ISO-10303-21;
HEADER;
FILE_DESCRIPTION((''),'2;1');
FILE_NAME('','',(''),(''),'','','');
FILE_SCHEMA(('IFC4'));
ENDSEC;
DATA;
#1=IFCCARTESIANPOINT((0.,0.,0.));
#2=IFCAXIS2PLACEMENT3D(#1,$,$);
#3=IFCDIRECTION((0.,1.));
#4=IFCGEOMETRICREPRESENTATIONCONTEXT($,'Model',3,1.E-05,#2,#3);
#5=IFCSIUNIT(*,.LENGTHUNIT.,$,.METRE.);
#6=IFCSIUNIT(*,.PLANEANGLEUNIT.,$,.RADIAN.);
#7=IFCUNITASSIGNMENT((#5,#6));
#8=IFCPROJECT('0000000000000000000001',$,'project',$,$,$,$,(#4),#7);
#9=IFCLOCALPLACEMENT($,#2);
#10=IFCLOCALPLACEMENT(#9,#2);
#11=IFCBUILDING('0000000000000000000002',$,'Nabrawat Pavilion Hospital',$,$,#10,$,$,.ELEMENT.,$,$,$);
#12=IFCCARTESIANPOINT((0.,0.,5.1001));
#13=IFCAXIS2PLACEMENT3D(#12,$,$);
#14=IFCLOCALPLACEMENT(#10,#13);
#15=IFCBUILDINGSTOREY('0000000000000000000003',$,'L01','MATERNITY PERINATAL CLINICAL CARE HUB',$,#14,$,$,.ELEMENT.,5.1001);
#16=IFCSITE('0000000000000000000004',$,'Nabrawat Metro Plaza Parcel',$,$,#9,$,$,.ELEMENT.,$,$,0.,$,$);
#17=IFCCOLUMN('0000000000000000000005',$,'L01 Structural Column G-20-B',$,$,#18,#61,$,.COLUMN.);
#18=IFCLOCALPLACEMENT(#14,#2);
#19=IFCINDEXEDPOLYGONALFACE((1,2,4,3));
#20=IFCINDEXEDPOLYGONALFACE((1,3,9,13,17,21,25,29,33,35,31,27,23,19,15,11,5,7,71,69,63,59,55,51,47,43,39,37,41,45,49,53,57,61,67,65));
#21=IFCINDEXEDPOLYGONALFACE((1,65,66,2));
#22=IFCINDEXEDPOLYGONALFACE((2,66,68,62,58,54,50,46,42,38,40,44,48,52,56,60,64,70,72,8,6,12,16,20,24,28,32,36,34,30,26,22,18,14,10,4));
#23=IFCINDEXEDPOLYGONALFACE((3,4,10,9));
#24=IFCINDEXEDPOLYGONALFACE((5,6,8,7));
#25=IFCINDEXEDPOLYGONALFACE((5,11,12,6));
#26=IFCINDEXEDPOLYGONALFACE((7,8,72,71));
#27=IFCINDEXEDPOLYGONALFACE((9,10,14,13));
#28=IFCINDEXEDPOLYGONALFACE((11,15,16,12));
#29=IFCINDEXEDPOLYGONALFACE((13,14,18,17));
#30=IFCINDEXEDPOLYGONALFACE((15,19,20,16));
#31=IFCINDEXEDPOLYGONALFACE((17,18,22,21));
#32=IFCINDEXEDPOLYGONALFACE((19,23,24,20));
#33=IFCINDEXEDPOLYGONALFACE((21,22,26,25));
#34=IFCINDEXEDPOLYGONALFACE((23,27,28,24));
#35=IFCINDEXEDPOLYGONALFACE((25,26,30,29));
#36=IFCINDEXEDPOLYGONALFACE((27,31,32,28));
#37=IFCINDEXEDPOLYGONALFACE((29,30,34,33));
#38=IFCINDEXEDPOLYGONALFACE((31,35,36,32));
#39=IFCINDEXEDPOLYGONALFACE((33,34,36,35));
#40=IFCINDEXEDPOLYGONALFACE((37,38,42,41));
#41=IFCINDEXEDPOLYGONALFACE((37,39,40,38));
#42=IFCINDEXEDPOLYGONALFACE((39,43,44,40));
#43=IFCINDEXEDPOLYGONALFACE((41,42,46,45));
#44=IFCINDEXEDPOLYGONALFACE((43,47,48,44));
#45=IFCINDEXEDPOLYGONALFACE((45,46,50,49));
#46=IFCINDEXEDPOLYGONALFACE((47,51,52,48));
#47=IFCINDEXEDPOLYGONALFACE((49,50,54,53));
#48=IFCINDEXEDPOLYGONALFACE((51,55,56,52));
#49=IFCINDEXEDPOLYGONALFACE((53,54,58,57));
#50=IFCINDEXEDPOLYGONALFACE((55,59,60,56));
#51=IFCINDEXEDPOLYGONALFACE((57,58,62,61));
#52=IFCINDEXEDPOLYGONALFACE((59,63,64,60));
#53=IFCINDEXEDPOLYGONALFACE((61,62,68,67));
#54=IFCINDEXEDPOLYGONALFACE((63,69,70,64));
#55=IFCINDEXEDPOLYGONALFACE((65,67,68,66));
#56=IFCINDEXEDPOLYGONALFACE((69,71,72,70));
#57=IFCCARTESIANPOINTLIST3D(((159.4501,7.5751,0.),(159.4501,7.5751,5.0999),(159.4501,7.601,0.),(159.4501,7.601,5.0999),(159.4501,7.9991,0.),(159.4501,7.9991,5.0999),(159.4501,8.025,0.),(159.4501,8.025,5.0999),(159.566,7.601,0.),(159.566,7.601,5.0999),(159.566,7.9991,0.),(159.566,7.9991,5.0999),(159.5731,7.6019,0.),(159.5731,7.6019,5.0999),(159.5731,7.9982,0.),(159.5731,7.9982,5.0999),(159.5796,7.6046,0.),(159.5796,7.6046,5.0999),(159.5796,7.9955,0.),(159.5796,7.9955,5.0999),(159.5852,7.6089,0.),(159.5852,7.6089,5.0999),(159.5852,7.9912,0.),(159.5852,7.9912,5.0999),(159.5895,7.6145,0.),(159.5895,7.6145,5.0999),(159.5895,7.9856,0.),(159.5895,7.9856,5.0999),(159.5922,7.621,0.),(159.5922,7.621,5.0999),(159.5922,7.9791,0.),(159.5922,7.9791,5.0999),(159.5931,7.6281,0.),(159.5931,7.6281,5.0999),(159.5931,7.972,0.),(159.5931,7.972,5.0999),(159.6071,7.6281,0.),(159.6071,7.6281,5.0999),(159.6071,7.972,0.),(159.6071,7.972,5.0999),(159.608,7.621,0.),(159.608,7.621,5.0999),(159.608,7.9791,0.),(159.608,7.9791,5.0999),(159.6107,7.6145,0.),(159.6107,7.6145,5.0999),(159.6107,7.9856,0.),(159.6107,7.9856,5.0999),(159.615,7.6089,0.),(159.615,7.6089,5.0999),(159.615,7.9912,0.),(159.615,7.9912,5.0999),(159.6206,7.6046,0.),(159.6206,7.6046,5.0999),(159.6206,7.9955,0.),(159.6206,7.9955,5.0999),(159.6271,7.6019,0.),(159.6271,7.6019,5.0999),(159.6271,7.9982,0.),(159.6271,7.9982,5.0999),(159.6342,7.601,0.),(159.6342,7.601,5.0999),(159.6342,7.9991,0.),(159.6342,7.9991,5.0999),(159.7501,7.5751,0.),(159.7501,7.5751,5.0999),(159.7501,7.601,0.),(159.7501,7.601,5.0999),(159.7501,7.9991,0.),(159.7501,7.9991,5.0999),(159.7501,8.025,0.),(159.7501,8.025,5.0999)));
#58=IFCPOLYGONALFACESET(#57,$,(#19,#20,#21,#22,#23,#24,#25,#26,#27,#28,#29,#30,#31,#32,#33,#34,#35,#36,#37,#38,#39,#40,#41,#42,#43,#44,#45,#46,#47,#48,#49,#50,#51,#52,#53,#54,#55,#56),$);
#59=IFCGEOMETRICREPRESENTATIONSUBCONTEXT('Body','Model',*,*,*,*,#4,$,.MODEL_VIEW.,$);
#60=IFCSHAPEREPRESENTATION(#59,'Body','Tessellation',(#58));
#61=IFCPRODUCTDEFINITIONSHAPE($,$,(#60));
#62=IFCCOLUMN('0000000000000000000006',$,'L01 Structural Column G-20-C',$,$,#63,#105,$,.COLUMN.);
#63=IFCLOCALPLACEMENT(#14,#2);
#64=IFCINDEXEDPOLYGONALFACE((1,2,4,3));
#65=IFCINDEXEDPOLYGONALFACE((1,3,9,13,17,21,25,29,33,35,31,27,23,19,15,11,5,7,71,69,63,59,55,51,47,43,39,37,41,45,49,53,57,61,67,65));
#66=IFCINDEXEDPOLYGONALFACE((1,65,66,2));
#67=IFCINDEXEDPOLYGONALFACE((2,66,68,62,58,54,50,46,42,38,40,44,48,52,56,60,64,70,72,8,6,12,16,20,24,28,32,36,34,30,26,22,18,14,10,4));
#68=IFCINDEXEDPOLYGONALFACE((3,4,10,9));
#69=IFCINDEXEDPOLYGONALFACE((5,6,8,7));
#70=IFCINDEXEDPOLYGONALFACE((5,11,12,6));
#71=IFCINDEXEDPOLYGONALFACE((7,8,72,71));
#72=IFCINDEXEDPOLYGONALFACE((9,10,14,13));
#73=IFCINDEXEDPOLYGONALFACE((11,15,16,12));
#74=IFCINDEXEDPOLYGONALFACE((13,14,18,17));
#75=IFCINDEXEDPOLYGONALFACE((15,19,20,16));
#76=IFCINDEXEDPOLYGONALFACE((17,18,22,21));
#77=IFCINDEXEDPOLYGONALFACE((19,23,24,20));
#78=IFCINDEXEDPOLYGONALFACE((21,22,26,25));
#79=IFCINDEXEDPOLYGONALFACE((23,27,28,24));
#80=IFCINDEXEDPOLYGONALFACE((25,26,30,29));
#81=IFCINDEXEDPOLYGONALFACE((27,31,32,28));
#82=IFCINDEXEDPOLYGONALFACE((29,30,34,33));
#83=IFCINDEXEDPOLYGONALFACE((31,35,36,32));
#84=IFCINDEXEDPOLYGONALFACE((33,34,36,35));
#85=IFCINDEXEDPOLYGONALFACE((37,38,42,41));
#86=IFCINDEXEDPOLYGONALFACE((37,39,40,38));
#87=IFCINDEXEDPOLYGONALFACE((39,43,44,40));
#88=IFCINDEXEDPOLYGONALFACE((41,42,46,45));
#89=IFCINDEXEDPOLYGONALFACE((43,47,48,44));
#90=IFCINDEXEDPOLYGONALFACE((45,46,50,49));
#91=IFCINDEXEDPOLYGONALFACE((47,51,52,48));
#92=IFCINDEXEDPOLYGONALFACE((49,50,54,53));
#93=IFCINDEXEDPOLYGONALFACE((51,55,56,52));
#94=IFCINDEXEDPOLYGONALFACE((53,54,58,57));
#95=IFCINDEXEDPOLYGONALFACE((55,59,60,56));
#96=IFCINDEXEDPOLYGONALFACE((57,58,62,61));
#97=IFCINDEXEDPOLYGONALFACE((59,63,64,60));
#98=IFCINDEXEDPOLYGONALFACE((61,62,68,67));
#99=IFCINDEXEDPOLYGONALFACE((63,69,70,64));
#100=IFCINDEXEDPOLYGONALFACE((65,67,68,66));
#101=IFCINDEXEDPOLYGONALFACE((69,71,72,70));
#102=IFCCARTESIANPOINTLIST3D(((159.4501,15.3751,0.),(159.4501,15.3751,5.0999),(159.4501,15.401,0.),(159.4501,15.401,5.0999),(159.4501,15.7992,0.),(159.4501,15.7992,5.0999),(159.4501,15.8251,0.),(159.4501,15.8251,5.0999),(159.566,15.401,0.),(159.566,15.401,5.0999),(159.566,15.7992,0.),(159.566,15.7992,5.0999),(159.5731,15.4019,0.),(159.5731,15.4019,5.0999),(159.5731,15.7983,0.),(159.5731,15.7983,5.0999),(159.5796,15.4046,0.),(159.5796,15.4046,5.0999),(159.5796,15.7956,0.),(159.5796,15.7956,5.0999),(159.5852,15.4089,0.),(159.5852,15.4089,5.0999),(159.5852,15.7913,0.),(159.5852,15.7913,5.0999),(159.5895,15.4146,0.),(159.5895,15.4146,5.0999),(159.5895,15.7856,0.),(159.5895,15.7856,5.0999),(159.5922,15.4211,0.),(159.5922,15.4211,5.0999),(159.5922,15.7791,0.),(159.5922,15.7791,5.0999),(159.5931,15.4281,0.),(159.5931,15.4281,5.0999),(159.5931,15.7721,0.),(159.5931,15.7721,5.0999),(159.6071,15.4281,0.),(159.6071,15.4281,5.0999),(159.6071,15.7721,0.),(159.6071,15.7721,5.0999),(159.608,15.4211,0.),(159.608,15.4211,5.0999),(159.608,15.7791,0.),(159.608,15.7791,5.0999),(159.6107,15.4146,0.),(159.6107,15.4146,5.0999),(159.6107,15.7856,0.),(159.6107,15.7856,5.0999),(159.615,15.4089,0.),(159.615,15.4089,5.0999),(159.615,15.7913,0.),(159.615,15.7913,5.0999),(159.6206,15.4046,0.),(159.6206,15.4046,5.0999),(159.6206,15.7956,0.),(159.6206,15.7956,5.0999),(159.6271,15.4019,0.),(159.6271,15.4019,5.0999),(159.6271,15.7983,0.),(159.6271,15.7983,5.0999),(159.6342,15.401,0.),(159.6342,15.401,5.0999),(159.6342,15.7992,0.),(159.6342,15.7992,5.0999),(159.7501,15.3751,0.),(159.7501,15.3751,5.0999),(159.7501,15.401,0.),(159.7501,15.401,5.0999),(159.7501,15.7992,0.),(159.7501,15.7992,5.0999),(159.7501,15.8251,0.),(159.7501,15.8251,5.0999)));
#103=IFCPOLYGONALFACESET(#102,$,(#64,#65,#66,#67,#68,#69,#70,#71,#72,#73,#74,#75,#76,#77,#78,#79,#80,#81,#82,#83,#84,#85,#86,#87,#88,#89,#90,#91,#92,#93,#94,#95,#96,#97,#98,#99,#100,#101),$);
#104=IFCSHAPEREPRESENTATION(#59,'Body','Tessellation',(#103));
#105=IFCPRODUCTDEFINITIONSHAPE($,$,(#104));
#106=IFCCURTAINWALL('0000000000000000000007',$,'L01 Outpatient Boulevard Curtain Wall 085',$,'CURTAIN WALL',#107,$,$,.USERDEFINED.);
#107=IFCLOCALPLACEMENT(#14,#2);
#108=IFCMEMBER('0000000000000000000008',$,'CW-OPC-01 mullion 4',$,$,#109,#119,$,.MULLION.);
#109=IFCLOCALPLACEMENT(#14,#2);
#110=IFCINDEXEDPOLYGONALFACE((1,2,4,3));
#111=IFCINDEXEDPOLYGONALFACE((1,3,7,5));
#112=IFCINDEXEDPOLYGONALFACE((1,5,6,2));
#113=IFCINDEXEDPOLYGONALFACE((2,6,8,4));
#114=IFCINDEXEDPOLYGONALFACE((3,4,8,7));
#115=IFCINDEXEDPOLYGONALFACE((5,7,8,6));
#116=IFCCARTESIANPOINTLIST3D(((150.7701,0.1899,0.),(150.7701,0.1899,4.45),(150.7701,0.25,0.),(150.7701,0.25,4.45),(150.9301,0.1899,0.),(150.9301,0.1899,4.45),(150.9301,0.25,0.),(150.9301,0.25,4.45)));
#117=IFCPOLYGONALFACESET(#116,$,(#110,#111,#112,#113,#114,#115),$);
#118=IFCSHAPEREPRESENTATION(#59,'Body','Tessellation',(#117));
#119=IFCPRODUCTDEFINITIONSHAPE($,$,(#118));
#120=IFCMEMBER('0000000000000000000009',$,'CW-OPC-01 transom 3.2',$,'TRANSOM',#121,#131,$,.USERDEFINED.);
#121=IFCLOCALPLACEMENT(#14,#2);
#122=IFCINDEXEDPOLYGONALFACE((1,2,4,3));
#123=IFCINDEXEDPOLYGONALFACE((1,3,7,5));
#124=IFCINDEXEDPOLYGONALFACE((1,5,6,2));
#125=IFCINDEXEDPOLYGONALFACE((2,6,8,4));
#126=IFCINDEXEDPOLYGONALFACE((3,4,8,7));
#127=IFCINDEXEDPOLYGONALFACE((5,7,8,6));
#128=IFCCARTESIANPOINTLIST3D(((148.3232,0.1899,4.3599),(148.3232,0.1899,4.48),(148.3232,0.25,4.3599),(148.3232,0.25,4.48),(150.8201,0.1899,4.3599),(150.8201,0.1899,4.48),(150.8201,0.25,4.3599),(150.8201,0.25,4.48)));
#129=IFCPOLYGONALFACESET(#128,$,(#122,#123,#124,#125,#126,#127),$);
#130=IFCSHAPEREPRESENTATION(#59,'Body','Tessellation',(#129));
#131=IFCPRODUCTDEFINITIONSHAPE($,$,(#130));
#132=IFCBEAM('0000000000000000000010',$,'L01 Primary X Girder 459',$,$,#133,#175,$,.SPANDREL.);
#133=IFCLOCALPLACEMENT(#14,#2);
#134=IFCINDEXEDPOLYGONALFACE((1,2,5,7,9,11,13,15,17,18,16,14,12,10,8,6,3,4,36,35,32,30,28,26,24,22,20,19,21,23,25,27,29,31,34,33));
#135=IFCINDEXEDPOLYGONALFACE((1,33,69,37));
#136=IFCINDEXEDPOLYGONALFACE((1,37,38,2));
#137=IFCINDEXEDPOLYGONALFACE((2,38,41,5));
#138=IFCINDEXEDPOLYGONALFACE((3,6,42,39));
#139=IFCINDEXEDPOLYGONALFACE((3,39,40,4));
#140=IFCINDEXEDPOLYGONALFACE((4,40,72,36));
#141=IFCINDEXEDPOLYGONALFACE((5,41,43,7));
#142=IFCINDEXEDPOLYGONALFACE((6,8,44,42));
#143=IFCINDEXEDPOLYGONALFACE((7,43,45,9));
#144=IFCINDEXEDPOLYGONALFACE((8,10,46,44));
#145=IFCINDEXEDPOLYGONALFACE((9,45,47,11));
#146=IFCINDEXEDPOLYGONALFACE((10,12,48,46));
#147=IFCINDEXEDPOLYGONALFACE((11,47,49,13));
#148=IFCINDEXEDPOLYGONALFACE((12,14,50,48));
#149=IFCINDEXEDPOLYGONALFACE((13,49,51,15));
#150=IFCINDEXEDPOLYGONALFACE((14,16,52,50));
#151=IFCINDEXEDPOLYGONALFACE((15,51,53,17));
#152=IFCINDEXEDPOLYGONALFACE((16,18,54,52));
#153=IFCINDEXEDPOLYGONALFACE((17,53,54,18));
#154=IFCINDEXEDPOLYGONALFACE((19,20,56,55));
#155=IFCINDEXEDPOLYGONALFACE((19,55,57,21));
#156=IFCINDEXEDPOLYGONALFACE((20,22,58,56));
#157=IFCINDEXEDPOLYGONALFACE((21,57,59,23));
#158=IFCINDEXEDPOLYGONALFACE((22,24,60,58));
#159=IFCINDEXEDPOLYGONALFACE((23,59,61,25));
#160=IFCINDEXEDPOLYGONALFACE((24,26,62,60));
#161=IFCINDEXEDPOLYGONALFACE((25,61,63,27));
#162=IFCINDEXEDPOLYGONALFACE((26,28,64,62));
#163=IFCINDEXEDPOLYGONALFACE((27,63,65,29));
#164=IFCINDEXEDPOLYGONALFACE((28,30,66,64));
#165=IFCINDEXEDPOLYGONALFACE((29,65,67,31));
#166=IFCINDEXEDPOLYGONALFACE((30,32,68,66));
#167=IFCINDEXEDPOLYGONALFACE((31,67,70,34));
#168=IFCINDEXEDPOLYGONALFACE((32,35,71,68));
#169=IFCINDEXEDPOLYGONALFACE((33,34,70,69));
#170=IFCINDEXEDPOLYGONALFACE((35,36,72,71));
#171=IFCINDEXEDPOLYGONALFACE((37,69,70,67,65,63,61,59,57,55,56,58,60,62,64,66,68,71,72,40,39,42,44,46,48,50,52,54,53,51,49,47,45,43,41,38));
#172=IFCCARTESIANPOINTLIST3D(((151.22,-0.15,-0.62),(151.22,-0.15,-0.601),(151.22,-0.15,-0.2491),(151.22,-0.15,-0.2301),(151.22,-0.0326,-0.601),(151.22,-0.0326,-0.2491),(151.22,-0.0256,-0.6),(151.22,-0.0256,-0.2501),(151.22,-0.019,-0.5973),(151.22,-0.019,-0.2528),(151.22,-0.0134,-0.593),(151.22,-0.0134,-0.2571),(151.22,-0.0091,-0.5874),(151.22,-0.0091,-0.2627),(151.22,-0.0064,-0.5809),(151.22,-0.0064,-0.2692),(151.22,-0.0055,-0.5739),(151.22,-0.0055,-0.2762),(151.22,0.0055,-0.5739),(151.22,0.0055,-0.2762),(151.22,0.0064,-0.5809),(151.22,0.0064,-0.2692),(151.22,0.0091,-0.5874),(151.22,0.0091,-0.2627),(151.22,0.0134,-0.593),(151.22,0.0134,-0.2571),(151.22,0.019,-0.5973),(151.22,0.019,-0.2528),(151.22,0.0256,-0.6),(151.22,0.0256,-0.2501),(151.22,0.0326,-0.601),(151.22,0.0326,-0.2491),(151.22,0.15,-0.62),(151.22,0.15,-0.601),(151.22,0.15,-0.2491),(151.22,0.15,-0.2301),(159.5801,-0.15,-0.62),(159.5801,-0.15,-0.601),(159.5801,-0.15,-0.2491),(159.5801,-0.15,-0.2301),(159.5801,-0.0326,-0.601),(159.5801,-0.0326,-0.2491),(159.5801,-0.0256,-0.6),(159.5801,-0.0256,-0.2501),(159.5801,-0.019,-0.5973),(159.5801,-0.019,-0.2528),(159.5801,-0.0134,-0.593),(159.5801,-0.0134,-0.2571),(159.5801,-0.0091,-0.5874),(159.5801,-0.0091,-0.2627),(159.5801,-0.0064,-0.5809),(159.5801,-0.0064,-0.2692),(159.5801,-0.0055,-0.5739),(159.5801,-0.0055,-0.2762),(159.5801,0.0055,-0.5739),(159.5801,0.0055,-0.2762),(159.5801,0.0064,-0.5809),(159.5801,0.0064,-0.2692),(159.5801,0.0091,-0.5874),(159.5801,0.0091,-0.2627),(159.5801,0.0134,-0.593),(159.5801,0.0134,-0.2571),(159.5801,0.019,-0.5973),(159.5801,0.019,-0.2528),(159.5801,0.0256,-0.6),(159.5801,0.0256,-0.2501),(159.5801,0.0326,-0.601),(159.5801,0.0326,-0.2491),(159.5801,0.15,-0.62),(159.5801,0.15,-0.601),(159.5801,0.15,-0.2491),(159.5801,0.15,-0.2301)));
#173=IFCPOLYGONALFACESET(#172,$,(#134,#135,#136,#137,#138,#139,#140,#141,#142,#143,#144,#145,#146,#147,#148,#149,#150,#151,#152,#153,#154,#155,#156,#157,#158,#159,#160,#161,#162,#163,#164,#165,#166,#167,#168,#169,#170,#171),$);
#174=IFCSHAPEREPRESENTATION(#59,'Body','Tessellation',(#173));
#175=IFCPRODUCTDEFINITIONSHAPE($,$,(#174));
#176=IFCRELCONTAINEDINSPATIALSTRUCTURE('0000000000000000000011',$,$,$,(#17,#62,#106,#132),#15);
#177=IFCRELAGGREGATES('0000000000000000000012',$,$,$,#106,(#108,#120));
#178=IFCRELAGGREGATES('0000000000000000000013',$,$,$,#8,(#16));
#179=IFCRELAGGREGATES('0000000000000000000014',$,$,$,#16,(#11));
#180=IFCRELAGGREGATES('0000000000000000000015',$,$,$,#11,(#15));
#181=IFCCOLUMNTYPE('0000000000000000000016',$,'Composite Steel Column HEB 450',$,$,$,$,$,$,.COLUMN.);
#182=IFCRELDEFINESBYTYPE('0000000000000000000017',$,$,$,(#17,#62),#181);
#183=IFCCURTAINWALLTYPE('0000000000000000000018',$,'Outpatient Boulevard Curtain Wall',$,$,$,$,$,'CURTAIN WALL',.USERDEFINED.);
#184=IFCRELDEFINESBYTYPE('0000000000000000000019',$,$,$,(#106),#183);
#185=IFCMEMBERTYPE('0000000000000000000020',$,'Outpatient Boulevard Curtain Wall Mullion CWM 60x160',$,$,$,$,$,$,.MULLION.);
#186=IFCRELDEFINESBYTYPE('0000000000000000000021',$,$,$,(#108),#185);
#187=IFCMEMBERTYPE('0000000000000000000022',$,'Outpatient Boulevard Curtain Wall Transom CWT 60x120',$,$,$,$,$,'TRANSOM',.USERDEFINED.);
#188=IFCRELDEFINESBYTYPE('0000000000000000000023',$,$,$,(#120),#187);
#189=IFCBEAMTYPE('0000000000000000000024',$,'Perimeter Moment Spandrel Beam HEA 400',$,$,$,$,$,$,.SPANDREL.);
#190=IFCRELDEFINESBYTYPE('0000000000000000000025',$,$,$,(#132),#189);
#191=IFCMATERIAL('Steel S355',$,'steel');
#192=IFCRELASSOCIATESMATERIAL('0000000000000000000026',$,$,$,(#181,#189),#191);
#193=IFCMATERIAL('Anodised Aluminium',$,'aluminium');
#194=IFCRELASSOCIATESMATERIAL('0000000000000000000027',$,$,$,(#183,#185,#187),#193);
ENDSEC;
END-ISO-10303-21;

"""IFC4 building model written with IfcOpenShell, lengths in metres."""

from ifc_helpers import new_model, si_unit, direction, frame, origin, origin_2d, place, context, subcontext, project, spatial, rectangle, i_section, extrude, material, material_profile, profile_set, type_object, element, aggregate, save


model = new_model("IFC4")

# Units and contexts
model_context = context("Model", 3, precision=1e-05, world=origin(), true_north=direction((0.0, 1.0)))
body_context = subcontext(model_context, "Body", "Model", "MODEL_VIEW")
ifc_project = project(units=[si_unit("LENGTHUNIT", "METRE"), si_unit("PLANEANGLEUNIT", "RADIAN")], contexts=[model_context])

# Site, building, storey
site_placement = place(None, origin())
site = spatial("IfcSite", under=ifc_project, at=site_placement, Name="Nabrawat Metro Plaza Parcel", CompositionType="ELEMENT", RefElevation=0.0)
building_placement = place(site_placement, origin())
building = spatial("IfcBuilding", under=site, at=building_placement, Name="Nabrawat Pavilion Hospital", CompositionType="ELEMENT")
storey_placement = place(building_placement, frame((0.0, 0.0, 5.1001)))
storey = spatial("IfcBuildingStorey", under=building, at=storey_placement, Name="L01", Description="MATERNITY PERINATAL CLINICAL CARE HUB", CompositionType="ELEMENT", Elevation=5.1001)

# Columns
ifc_material_1 = material(Name="Steel S355", Category="steel")
ifc_material_profile_1 = material_profile(ifc_material_1, i_section(OverallWidth=0.3, OverallDepth=0.45, WebThickness=0.0139, FlangeThickness=0.0259, FilletRadius=0.0271, at=origin_2d()), Name="HEB 450")
ifc_profile_set_1 = profile_set([ifc_material_profile_1], Name="Steel S355")
column_type = type_object("IfcColumnType", Name="Composite Steel Column HEB 450", PredefinedType="COLUMN", material=ifc_profile_set_1)
for number, where, z_axis, x_axis, name in (
    (1, (159.6001, 7.8, 0.0), (0.0, 0.0, 1.0), (1.0, 0.0, 0.0), "L01 Structural Column G-20-B"),
    (2, (159.6001, 15.6001, 0.0), (0.0, 0.0, 1.0), (1.0, 0.0, 0.0), "L01 Structural Column G-20-C"),
):
    element("IfcColumn", number, at=place(storey_placement, frame(where, z_axis=z_axis, x_axis=x_axis)), inside=storey, type_object=column_type, Name=name, PredefinedType="COLUMN", context=body_context, shape_type="SweptSolid", body=[
        extrude(i_section(OverallWidth=0.3, OverallDepth=0.45, WebThickness=0.0139, FlangeThickness=0.0259, FilletRadius=0.0271, at=origin_2d()), origin(), (0.0, 0.0, 1.0), 5.0999),
    ])

# Curtain wall, members
ifc_material_2 = material(Name="Anodised Aluminium", Category="aluminium")
curtain_wall_type = type_object("IfcCurtainWallType", Name="Outpatient Boulevard Curtain Wall", ElementType="CURTAIN WALL", PredefinedType="USERDEFINED", material=ifc_material_2)
curtain_wall_placement = place(storey_placement, origin())
curtain_wall = element("IfcCurtainWall", 3, at=curtain_wall_placement, inside=storey, type_object=curtain_wall_type, Name="L01 Outpatient Boulevard Curtain Wall 085", ObjectType="CURTAIN WALL", PredefinedType="USERDEFINED")
ifc_material_profile_2 = material_profile(ifc_material_2, rectangle(XDim=0.0601, YDim=0.1599, at=origin_2d()), Name="CWM 60x160")
ifc_profile_set_2 = profile_set([ifc_material_profile_2], Name="Anodised Aluminium")
member_type_1 = type_object("IfcMemberType", Name="Outpatient Boulevard Curtain Wall Mullion CWM 60x160", PredefinedType="MULLION", material=ifc_profile_set_2)
member_1_placement = place(storey_placement, frame((150.8501, 0.22, 0.0), z_axis=(0.0, 0.0, 1.0), x_axis=(0.0, 1.0, 0.0)))
member_1 = element("IfcMember", 4, at=member_1_placement, type_object=member_type_1, Name="CW-OPC-01 mullion 4", PredefinedType="MULLION", context=body_context, shape_type="SweptSolid", body=[
    extrude(rectangle(XDim=0.0601, YDim=0.1599, at=origin_2d()), origin(), (0.0, 0.0, 1.0), 4.45),
])
ifc_material_profile_3 = material_profile(ifc_material_2, rectangle(XDim=0.0601, YDim=0.1201, at=origin_2d()), Name="CWT 60x120")
ifc_profile_set_3 = profile_set([ifc_material_profile_3], Name="Anodised Aluminium")
member_type_2 = type_object("IfcMemberType", Name="Outpatient Boulevard Curtain Wall Transom CWT 60x120", ElementType="TRANSOM", PredefinedType="USERDEFINED", material=ifc_profile_set_3)
member_2_placement = place(storey_placement, frame((148.3232, 0.22, 4.4199), z_axis=(1.0, 0.0, 0.0), x_axis=(0.0, 1.0, 0.0)))
member_2 = element("IfcMember", 5, at=member_2_placement, type_object=member_type_2, Name="CW-OPC-01 transom 3.2", ObjectType="TRANSOM", PredefinedType="USERDEFINED", context=body_context, shape_type="SweptSolid", body=[
    extrude(rectangle(XDim=0.0601, YDim=0.1201, at=origin_2d()), origin(), (0.0, 0.0, 1.0), 2.4968),
])

# Beam
ifc_material_profile_4 = material_profile(ifc_material_1, i_section(OverallWidth=0.3, OverallDepth=0.3899, WebThickness=0.011, FlangeThickness=0.019, FilletRadius=0.0271, at=origin_2d()), Name="HEA 400")
ifc_profile_set_4 = profile_set([ifc_material_profile_4], Name="Steel S355")
beam_type_1 = type_object("IfcBeamType", Name="Perimeter Moment Spandrel Beam HEA 400", PredefinedType="SPANDREL", material=ifc_profile_set_4)
beam_1_placement = place(storey_placement, frame((151.22, 0.0, -0.425), z_axis=(1.0, 0.0, 0.0), x_axis=(0.0, 1.0, 0.0)))
element("IfcBeam", 6, at=beam_1_placement, inside=storey, type_object=beam_type_1, Name="L01 Primary X Girder 459", PredefinedType="SPANDREL", context=body_context, shape_type="SweptSolid", body=[
    extrude(i_section(OverallWidth=0.3, OverallDepth=0.3899, WebThickness=0.011, FlangeThickness=0.019, FilletRadius=0.0271, at=origin_2d()), origin(), (0.0, 0.0, 1.0), 8.3601),
])

aggregate(curtain_wall, [member_1, member_2])

save(model, "model.ifc")
